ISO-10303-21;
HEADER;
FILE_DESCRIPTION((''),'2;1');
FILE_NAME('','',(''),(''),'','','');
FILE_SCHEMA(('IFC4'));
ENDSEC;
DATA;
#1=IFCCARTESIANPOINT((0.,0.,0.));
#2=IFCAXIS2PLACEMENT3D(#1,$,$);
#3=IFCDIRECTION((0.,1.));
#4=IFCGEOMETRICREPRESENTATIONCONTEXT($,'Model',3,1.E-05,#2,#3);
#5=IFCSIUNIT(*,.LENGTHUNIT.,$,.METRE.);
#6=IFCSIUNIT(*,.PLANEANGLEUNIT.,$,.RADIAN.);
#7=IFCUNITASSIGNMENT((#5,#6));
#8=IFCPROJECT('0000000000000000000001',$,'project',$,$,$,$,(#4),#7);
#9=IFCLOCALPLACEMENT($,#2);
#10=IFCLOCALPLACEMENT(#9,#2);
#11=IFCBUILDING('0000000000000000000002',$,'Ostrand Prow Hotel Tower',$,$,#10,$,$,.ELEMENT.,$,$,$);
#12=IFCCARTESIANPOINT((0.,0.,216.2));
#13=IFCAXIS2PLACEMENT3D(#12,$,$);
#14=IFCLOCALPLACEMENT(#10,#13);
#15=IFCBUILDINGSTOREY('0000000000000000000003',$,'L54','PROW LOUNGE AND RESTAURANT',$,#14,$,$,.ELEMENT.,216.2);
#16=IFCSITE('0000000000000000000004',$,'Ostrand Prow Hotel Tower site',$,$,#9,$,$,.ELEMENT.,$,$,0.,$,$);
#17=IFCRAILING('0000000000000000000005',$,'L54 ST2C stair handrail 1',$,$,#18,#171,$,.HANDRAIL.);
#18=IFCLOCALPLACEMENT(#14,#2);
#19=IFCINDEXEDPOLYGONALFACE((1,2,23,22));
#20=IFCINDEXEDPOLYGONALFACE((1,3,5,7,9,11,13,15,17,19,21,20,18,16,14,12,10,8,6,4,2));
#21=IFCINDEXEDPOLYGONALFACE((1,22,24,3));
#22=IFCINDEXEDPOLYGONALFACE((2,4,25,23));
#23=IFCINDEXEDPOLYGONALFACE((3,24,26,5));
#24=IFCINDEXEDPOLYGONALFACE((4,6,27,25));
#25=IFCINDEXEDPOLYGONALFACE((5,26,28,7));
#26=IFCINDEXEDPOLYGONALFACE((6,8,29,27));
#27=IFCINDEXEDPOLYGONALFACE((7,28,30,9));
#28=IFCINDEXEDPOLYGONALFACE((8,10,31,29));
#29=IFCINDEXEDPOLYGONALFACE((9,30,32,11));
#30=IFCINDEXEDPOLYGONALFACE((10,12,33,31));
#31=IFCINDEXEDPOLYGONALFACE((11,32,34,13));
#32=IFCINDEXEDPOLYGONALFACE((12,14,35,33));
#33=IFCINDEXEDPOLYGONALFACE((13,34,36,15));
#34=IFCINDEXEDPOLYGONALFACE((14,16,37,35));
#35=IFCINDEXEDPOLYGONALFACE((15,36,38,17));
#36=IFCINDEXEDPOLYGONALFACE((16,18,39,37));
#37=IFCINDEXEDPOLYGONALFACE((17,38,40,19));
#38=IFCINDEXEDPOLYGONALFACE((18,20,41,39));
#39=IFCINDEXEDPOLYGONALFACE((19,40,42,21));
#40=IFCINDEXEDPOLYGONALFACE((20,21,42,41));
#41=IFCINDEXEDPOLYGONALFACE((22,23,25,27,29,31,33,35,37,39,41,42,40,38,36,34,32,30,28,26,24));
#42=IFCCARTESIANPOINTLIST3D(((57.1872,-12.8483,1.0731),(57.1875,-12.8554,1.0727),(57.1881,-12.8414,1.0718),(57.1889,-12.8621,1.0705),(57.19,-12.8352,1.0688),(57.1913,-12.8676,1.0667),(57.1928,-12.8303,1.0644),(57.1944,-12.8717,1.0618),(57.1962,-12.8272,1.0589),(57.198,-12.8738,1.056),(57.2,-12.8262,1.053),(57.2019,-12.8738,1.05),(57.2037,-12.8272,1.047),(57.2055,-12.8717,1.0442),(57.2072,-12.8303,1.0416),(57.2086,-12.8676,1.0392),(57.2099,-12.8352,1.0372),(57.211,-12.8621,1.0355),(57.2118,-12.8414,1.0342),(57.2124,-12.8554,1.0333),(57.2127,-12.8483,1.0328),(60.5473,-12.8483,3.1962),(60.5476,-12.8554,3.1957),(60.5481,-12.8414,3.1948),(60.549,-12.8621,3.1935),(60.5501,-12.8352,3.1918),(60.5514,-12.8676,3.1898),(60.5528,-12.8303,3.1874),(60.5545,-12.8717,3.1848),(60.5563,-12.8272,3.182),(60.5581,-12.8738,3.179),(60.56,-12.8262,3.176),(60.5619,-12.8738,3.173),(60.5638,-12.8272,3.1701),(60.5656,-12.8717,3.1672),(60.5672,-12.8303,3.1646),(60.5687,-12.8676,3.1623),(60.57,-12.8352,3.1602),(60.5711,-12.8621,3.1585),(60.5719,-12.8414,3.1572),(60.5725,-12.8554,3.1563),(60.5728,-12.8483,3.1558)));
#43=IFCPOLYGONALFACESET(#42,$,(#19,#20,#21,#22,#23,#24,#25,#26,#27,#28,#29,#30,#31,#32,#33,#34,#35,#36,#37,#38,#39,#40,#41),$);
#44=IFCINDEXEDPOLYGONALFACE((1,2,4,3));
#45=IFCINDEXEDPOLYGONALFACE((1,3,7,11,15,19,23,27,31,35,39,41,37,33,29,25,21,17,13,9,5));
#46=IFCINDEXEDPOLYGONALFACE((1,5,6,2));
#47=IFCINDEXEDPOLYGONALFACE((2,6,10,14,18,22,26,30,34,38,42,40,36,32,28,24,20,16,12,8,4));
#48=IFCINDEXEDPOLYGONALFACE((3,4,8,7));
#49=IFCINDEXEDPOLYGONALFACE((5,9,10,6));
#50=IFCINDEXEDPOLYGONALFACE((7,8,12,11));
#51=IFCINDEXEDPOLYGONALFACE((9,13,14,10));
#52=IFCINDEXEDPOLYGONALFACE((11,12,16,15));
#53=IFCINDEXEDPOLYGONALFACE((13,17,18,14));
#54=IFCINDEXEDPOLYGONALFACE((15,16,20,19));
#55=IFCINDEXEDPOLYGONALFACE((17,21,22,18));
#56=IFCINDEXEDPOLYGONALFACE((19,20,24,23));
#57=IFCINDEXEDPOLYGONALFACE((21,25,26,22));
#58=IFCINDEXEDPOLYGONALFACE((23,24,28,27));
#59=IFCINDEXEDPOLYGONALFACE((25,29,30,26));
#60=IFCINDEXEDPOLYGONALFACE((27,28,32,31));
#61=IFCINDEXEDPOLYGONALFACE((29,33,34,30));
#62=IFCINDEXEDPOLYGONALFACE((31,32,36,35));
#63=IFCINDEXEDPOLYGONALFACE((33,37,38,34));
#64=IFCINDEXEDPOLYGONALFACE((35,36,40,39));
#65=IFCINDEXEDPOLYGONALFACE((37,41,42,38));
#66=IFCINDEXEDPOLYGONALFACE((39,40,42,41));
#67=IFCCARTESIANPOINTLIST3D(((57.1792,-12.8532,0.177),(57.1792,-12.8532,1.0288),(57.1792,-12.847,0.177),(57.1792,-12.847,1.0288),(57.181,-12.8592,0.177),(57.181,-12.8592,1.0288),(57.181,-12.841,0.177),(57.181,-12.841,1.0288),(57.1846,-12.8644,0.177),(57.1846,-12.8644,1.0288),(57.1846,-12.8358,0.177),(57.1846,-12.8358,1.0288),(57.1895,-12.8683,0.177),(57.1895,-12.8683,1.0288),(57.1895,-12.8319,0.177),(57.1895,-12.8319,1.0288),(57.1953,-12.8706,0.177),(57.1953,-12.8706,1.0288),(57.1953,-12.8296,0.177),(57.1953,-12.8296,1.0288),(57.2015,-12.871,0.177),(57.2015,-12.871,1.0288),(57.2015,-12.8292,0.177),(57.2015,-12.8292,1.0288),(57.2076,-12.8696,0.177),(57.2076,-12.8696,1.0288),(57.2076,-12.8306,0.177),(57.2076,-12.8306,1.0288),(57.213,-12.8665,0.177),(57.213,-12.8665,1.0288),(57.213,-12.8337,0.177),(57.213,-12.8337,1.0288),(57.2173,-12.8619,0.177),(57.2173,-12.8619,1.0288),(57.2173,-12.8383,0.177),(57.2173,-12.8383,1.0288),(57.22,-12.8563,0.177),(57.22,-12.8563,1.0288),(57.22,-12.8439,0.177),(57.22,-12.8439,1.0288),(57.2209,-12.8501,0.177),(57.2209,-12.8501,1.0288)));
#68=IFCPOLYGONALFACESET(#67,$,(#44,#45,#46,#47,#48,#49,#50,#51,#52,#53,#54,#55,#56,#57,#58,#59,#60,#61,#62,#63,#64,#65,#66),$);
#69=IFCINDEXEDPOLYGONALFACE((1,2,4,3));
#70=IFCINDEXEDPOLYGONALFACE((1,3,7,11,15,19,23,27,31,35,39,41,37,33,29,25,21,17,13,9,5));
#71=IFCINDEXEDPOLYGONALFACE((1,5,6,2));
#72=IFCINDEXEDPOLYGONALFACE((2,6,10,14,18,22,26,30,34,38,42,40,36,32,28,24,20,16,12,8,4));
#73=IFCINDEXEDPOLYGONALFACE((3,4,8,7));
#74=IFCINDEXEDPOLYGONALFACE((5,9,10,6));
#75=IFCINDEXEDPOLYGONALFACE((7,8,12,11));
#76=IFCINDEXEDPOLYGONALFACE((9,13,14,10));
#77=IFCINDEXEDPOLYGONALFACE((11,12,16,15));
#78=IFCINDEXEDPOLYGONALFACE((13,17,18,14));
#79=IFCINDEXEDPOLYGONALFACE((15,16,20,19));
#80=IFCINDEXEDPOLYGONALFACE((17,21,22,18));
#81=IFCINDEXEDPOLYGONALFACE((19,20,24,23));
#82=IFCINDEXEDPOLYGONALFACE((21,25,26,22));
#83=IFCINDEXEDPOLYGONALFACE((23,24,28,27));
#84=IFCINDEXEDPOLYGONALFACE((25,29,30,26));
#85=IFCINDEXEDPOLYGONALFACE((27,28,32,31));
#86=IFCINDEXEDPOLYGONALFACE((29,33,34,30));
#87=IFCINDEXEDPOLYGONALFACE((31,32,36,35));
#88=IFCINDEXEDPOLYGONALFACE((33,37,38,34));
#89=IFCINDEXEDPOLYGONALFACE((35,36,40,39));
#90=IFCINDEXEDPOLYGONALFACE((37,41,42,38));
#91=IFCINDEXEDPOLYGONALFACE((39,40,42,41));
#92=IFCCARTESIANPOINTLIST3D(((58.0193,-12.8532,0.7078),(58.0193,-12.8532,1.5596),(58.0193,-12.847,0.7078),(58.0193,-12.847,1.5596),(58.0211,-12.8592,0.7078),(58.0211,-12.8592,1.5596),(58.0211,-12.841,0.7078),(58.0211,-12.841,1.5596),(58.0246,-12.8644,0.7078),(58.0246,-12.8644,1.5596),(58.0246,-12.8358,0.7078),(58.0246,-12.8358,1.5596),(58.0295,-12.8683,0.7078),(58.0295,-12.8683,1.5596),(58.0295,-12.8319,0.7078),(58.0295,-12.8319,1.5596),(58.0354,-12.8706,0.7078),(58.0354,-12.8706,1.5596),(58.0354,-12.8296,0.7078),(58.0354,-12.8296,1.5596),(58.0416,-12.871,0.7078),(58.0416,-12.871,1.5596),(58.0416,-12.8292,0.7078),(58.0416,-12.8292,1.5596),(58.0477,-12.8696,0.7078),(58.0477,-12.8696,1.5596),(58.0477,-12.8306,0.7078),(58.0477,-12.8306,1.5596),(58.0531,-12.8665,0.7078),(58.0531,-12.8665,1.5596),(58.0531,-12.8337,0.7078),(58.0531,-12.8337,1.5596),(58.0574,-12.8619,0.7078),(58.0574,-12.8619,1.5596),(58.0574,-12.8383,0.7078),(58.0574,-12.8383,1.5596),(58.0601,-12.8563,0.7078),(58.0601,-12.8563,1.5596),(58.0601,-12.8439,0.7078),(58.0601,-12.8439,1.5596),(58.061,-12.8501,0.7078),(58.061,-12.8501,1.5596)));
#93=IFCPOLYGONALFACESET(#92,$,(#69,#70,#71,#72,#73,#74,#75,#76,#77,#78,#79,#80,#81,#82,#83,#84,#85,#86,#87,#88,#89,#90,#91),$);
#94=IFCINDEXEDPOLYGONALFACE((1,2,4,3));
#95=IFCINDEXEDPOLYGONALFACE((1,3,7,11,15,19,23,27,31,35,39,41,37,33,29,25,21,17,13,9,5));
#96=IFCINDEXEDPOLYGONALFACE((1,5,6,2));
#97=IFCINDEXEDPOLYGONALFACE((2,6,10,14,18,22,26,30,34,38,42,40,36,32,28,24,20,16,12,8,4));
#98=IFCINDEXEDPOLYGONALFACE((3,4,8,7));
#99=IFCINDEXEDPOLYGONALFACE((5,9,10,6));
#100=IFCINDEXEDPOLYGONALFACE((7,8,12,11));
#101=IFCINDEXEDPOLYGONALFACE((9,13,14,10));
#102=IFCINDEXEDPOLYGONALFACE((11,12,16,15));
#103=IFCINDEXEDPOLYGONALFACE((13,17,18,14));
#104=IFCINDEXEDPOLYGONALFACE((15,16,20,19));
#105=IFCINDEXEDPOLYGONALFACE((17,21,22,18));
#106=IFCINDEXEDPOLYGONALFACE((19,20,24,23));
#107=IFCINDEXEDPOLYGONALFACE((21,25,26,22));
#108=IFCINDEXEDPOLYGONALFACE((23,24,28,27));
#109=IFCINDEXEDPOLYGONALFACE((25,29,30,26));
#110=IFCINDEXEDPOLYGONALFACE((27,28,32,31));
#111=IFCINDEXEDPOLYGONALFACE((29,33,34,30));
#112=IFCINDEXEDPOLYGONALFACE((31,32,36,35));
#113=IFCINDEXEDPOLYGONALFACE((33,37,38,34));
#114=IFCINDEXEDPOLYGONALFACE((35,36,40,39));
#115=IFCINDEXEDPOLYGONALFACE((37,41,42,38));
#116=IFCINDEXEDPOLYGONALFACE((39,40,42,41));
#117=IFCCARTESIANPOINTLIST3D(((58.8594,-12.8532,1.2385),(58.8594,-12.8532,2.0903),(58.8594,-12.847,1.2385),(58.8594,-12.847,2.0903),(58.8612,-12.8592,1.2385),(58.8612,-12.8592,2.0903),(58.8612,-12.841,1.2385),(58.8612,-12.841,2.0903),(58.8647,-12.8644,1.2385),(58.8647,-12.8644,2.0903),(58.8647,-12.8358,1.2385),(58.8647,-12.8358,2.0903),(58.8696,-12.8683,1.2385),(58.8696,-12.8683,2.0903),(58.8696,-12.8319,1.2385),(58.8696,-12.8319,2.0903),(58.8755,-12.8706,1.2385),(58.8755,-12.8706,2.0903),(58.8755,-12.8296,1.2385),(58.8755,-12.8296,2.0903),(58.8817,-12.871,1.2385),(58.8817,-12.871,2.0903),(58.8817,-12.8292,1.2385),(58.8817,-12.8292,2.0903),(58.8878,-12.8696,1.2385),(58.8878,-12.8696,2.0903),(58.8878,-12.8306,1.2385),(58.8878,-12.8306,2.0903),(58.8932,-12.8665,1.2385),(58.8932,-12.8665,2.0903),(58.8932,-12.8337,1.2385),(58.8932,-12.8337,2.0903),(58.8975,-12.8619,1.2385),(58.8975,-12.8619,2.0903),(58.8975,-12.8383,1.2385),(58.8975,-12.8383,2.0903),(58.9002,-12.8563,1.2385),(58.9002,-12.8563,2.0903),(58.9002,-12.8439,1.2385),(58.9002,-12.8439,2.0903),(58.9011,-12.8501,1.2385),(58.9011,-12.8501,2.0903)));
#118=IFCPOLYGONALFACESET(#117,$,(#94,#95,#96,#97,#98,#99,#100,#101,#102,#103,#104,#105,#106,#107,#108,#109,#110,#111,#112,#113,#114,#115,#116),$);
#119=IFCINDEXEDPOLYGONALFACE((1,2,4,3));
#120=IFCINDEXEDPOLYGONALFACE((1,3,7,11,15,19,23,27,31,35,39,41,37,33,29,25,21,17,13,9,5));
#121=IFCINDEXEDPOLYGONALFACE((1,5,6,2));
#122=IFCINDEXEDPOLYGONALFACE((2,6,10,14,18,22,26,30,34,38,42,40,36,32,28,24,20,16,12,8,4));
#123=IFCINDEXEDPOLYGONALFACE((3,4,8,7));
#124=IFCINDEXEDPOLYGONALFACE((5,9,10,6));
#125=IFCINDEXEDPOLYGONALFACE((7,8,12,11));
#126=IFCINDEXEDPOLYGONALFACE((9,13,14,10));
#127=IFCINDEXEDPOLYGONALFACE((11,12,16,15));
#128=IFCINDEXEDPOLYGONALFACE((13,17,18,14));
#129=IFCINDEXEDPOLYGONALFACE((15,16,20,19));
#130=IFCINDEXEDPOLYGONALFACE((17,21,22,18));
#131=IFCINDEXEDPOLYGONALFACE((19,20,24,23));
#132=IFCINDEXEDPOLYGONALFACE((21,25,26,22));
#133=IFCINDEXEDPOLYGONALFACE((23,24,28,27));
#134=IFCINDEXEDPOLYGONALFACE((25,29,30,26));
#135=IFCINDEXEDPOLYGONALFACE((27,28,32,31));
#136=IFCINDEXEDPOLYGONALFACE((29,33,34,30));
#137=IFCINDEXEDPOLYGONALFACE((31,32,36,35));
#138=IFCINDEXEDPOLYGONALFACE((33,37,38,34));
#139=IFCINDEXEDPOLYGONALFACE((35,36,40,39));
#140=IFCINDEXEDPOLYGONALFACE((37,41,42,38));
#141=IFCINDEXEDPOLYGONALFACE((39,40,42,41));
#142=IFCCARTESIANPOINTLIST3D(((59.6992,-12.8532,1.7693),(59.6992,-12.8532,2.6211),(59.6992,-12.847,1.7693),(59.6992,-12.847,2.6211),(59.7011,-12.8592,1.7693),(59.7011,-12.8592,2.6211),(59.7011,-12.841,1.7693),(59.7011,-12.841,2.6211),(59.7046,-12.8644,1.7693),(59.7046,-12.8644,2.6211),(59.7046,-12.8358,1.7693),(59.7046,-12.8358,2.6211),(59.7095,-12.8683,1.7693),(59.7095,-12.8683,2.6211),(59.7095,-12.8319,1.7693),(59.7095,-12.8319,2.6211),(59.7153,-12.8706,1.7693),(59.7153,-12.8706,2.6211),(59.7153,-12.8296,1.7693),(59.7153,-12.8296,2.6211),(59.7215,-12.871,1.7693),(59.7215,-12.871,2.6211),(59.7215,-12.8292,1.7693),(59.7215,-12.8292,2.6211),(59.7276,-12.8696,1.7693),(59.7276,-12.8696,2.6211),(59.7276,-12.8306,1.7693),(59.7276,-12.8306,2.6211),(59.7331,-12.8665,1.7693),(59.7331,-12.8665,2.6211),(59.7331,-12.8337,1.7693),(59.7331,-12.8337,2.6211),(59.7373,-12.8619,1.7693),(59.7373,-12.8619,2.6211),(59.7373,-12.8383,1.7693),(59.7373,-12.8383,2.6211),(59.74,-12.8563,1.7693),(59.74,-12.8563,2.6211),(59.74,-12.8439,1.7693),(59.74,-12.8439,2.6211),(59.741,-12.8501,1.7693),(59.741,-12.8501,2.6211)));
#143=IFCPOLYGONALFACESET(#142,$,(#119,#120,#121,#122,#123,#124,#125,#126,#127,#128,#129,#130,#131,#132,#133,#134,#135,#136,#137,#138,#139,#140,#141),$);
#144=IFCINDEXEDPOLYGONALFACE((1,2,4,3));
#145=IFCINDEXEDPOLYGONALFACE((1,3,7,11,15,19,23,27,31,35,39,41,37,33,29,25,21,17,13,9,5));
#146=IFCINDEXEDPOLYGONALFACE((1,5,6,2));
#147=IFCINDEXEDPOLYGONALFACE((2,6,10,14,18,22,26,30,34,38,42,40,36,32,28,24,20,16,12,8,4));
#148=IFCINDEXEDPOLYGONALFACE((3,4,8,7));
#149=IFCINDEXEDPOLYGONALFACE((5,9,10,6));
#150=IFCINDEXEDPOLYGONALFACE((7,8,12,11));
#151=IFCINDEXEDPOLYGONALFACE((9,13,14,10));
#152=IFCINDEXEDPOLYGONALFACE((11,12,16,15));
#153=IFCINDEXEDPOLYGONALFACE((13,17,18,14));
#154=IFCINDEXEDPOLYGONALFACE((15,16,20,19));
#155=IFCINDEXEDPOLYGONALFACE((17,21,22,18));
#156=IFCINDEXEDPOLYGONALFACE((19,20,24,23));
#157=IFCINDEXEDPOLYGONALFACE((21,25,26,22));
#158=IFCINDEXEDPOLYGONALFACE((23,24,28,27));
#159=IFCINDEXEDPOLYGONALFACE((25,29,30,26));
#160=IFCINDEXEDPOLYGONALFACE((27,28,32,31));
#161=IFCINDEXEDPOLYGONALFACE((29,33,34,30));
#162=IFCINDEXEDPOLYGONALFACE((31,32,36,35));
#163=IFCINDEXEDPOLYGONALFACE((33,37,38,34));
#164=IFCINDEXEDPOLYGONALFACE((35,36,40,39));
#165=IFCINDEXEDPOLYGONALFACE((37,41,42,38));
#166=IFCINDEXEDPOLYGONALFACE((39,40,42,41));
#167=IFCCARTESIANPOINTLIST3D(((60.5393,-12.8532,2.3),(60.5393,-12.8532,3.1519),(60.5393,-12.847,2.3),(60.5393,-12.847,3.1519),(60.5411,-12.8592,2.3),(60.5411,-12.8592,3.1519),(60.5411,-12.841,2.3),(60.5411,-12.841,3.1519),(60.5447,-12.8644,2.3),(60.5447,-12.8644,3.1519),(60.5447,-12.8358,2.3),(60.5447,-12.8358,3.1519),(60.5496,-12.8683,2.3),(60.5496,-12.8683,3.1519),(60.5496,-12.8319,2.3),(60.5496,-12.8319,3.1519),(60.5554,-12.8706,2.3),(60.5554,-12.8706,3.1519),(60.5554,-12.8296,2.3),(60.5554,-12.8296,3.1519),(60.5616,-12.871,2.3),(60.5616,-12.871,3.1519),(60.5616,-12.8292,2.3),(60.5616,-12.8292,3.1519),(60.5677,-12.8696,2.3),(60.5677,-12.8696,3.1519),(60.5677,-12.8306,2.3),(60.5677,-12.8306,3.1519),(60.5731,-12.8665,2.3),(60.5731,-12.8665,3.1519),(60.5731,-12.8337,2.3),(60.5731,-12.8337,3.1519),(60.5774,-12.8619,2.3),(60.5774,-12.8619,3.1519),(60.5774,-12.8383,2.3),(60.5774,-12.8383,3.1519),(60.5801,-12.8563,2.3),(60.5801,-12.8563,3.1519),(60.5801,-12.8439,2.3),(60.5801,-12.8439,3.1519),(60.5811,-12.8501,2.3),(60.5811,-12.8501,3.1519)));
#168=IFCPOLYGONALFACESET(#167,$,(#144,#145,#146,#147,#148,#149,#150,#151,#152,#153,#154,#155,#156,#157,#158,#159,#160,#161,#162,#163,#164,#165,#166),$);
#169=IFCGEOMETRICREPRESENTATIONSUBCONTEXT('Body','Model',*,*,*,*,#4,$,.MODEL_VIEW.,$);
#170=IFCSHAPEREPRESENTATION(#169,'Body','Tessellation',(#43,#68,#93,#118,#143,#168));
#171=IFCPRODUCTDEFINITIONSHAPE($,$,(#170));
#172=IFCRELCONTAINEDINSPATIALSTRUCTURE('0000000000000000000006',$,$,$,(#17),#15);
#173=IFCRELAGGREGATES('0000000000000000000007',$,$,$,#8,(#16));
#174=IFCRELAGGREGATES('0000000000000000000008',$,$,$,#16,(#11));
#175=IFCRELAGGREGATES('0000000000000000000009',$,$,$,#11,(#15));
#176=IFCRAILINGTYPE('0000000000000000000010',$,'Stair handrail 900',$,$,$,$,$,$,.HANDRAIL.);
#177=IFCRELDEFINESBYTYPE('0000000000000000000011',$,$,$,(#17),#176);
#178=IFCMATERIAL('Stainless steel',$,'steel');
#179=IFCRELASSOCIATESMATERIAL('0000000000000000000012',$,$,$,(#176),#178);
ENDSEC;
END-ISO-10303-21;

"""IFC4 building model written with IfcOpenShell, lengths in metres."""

from ifc_helpers import new_model, si_unit, direction, frame, origin, origin_2d, place, context, subcontext, project, spatial, circle, extrude, material, type_object, element, save


model = new_model("IFC4")

# Units and contexts
model_context = context("Model", 3, precision=1e-05, world=origin(), true_north=direction((0.0, 1.0)))
body_context = subcontext(model_context, "Body", "Model", "MODEL_VIEW")
ifc_project = project(units=[si_unit("LENGTHUNIT", "METRE"), si_unit("PLANEANGLEUNIT", "RADIAN")], contexts=[model_context])

# Site, building, storey
site_placement = place(None, origin())
site = spatial("IfcSite", under=ifc_project, at=site_placement, Name="Ostrand Prow Hotel Tower site", CompositionType="ELEMENT", RefElevation=0.0)
building_placement = place(site_placement, origin())
building = spatial("IfcBuilding", under=site, at=building_placement, Name="Ostrand Prow Hotel Tower", CompositionType="ELEMENT")
storey_placement = place(building_placement, frame((0.0, 0.0, 216.2)))
storey = spatial("IfcBuildingStorey", under=building, at=storey_placement, Name="L54", Description="PROW LOUNGE AND RESTAURANT", CompositionType="ELEMENT", Elevation=216.2)

# Railing
ifc_material_1 = material(Name="Stainless steel", Category="steel")
railing_type = type_object("IfcRailingType", Name="Stair handrail 900", PredefinedType="HANDRAIL", material=ifc_material_1)
railing_placement = place(storey_placement, frame((57.2, -12.8501, 0.177)))
element("IfcRailing", 1, at=railing_placement, inside=storey, type_object=railing_type, Name="L54 ST2C stair handrail 1", PredefinedType="HANDRAIL", context=body_context, shape_type="SweptSolid", body=[
    extrude(circle(Radius=0.0239, at=origin_2d()), frame((0.0, 0.0, 0.876), z_axis=(0.84539, 0.0, 0.53415), x_axis=(0.0, 1.0, 0.0)), (0.0, 0.0, 1.0), 3.9746),
    extrude(circle(Radius=0.021, at=origin_2d()), origin(), (0.0, 0.0, 1.0), 0.8518),
    extrude(circle(Radius=0.021, at=origin_2d()), frame((0.8401, 0.0, 0.5308)), (0.0, 0.0, 1.0), 0.8518),
    extrude(circle(Radius=0.021, at=origin_2d()), frame((1.6802, 0.0, 1.0615)), (0.0, 0.0, 1.0), 0.8518),
    extrude(circle(Radius=0.021, at=origin_2d()), frame((2.52, 0.0, 1.5923)), (0.0, 0.0, 1.0), 0.8518),
    extrude(circle(Radius=0.021, at=origin_2d()), frame((3.3601, 0.0, 2.123)), (0.0, 0.0, 1.0), 0.8518),
])

save(model, "model.ifc")
